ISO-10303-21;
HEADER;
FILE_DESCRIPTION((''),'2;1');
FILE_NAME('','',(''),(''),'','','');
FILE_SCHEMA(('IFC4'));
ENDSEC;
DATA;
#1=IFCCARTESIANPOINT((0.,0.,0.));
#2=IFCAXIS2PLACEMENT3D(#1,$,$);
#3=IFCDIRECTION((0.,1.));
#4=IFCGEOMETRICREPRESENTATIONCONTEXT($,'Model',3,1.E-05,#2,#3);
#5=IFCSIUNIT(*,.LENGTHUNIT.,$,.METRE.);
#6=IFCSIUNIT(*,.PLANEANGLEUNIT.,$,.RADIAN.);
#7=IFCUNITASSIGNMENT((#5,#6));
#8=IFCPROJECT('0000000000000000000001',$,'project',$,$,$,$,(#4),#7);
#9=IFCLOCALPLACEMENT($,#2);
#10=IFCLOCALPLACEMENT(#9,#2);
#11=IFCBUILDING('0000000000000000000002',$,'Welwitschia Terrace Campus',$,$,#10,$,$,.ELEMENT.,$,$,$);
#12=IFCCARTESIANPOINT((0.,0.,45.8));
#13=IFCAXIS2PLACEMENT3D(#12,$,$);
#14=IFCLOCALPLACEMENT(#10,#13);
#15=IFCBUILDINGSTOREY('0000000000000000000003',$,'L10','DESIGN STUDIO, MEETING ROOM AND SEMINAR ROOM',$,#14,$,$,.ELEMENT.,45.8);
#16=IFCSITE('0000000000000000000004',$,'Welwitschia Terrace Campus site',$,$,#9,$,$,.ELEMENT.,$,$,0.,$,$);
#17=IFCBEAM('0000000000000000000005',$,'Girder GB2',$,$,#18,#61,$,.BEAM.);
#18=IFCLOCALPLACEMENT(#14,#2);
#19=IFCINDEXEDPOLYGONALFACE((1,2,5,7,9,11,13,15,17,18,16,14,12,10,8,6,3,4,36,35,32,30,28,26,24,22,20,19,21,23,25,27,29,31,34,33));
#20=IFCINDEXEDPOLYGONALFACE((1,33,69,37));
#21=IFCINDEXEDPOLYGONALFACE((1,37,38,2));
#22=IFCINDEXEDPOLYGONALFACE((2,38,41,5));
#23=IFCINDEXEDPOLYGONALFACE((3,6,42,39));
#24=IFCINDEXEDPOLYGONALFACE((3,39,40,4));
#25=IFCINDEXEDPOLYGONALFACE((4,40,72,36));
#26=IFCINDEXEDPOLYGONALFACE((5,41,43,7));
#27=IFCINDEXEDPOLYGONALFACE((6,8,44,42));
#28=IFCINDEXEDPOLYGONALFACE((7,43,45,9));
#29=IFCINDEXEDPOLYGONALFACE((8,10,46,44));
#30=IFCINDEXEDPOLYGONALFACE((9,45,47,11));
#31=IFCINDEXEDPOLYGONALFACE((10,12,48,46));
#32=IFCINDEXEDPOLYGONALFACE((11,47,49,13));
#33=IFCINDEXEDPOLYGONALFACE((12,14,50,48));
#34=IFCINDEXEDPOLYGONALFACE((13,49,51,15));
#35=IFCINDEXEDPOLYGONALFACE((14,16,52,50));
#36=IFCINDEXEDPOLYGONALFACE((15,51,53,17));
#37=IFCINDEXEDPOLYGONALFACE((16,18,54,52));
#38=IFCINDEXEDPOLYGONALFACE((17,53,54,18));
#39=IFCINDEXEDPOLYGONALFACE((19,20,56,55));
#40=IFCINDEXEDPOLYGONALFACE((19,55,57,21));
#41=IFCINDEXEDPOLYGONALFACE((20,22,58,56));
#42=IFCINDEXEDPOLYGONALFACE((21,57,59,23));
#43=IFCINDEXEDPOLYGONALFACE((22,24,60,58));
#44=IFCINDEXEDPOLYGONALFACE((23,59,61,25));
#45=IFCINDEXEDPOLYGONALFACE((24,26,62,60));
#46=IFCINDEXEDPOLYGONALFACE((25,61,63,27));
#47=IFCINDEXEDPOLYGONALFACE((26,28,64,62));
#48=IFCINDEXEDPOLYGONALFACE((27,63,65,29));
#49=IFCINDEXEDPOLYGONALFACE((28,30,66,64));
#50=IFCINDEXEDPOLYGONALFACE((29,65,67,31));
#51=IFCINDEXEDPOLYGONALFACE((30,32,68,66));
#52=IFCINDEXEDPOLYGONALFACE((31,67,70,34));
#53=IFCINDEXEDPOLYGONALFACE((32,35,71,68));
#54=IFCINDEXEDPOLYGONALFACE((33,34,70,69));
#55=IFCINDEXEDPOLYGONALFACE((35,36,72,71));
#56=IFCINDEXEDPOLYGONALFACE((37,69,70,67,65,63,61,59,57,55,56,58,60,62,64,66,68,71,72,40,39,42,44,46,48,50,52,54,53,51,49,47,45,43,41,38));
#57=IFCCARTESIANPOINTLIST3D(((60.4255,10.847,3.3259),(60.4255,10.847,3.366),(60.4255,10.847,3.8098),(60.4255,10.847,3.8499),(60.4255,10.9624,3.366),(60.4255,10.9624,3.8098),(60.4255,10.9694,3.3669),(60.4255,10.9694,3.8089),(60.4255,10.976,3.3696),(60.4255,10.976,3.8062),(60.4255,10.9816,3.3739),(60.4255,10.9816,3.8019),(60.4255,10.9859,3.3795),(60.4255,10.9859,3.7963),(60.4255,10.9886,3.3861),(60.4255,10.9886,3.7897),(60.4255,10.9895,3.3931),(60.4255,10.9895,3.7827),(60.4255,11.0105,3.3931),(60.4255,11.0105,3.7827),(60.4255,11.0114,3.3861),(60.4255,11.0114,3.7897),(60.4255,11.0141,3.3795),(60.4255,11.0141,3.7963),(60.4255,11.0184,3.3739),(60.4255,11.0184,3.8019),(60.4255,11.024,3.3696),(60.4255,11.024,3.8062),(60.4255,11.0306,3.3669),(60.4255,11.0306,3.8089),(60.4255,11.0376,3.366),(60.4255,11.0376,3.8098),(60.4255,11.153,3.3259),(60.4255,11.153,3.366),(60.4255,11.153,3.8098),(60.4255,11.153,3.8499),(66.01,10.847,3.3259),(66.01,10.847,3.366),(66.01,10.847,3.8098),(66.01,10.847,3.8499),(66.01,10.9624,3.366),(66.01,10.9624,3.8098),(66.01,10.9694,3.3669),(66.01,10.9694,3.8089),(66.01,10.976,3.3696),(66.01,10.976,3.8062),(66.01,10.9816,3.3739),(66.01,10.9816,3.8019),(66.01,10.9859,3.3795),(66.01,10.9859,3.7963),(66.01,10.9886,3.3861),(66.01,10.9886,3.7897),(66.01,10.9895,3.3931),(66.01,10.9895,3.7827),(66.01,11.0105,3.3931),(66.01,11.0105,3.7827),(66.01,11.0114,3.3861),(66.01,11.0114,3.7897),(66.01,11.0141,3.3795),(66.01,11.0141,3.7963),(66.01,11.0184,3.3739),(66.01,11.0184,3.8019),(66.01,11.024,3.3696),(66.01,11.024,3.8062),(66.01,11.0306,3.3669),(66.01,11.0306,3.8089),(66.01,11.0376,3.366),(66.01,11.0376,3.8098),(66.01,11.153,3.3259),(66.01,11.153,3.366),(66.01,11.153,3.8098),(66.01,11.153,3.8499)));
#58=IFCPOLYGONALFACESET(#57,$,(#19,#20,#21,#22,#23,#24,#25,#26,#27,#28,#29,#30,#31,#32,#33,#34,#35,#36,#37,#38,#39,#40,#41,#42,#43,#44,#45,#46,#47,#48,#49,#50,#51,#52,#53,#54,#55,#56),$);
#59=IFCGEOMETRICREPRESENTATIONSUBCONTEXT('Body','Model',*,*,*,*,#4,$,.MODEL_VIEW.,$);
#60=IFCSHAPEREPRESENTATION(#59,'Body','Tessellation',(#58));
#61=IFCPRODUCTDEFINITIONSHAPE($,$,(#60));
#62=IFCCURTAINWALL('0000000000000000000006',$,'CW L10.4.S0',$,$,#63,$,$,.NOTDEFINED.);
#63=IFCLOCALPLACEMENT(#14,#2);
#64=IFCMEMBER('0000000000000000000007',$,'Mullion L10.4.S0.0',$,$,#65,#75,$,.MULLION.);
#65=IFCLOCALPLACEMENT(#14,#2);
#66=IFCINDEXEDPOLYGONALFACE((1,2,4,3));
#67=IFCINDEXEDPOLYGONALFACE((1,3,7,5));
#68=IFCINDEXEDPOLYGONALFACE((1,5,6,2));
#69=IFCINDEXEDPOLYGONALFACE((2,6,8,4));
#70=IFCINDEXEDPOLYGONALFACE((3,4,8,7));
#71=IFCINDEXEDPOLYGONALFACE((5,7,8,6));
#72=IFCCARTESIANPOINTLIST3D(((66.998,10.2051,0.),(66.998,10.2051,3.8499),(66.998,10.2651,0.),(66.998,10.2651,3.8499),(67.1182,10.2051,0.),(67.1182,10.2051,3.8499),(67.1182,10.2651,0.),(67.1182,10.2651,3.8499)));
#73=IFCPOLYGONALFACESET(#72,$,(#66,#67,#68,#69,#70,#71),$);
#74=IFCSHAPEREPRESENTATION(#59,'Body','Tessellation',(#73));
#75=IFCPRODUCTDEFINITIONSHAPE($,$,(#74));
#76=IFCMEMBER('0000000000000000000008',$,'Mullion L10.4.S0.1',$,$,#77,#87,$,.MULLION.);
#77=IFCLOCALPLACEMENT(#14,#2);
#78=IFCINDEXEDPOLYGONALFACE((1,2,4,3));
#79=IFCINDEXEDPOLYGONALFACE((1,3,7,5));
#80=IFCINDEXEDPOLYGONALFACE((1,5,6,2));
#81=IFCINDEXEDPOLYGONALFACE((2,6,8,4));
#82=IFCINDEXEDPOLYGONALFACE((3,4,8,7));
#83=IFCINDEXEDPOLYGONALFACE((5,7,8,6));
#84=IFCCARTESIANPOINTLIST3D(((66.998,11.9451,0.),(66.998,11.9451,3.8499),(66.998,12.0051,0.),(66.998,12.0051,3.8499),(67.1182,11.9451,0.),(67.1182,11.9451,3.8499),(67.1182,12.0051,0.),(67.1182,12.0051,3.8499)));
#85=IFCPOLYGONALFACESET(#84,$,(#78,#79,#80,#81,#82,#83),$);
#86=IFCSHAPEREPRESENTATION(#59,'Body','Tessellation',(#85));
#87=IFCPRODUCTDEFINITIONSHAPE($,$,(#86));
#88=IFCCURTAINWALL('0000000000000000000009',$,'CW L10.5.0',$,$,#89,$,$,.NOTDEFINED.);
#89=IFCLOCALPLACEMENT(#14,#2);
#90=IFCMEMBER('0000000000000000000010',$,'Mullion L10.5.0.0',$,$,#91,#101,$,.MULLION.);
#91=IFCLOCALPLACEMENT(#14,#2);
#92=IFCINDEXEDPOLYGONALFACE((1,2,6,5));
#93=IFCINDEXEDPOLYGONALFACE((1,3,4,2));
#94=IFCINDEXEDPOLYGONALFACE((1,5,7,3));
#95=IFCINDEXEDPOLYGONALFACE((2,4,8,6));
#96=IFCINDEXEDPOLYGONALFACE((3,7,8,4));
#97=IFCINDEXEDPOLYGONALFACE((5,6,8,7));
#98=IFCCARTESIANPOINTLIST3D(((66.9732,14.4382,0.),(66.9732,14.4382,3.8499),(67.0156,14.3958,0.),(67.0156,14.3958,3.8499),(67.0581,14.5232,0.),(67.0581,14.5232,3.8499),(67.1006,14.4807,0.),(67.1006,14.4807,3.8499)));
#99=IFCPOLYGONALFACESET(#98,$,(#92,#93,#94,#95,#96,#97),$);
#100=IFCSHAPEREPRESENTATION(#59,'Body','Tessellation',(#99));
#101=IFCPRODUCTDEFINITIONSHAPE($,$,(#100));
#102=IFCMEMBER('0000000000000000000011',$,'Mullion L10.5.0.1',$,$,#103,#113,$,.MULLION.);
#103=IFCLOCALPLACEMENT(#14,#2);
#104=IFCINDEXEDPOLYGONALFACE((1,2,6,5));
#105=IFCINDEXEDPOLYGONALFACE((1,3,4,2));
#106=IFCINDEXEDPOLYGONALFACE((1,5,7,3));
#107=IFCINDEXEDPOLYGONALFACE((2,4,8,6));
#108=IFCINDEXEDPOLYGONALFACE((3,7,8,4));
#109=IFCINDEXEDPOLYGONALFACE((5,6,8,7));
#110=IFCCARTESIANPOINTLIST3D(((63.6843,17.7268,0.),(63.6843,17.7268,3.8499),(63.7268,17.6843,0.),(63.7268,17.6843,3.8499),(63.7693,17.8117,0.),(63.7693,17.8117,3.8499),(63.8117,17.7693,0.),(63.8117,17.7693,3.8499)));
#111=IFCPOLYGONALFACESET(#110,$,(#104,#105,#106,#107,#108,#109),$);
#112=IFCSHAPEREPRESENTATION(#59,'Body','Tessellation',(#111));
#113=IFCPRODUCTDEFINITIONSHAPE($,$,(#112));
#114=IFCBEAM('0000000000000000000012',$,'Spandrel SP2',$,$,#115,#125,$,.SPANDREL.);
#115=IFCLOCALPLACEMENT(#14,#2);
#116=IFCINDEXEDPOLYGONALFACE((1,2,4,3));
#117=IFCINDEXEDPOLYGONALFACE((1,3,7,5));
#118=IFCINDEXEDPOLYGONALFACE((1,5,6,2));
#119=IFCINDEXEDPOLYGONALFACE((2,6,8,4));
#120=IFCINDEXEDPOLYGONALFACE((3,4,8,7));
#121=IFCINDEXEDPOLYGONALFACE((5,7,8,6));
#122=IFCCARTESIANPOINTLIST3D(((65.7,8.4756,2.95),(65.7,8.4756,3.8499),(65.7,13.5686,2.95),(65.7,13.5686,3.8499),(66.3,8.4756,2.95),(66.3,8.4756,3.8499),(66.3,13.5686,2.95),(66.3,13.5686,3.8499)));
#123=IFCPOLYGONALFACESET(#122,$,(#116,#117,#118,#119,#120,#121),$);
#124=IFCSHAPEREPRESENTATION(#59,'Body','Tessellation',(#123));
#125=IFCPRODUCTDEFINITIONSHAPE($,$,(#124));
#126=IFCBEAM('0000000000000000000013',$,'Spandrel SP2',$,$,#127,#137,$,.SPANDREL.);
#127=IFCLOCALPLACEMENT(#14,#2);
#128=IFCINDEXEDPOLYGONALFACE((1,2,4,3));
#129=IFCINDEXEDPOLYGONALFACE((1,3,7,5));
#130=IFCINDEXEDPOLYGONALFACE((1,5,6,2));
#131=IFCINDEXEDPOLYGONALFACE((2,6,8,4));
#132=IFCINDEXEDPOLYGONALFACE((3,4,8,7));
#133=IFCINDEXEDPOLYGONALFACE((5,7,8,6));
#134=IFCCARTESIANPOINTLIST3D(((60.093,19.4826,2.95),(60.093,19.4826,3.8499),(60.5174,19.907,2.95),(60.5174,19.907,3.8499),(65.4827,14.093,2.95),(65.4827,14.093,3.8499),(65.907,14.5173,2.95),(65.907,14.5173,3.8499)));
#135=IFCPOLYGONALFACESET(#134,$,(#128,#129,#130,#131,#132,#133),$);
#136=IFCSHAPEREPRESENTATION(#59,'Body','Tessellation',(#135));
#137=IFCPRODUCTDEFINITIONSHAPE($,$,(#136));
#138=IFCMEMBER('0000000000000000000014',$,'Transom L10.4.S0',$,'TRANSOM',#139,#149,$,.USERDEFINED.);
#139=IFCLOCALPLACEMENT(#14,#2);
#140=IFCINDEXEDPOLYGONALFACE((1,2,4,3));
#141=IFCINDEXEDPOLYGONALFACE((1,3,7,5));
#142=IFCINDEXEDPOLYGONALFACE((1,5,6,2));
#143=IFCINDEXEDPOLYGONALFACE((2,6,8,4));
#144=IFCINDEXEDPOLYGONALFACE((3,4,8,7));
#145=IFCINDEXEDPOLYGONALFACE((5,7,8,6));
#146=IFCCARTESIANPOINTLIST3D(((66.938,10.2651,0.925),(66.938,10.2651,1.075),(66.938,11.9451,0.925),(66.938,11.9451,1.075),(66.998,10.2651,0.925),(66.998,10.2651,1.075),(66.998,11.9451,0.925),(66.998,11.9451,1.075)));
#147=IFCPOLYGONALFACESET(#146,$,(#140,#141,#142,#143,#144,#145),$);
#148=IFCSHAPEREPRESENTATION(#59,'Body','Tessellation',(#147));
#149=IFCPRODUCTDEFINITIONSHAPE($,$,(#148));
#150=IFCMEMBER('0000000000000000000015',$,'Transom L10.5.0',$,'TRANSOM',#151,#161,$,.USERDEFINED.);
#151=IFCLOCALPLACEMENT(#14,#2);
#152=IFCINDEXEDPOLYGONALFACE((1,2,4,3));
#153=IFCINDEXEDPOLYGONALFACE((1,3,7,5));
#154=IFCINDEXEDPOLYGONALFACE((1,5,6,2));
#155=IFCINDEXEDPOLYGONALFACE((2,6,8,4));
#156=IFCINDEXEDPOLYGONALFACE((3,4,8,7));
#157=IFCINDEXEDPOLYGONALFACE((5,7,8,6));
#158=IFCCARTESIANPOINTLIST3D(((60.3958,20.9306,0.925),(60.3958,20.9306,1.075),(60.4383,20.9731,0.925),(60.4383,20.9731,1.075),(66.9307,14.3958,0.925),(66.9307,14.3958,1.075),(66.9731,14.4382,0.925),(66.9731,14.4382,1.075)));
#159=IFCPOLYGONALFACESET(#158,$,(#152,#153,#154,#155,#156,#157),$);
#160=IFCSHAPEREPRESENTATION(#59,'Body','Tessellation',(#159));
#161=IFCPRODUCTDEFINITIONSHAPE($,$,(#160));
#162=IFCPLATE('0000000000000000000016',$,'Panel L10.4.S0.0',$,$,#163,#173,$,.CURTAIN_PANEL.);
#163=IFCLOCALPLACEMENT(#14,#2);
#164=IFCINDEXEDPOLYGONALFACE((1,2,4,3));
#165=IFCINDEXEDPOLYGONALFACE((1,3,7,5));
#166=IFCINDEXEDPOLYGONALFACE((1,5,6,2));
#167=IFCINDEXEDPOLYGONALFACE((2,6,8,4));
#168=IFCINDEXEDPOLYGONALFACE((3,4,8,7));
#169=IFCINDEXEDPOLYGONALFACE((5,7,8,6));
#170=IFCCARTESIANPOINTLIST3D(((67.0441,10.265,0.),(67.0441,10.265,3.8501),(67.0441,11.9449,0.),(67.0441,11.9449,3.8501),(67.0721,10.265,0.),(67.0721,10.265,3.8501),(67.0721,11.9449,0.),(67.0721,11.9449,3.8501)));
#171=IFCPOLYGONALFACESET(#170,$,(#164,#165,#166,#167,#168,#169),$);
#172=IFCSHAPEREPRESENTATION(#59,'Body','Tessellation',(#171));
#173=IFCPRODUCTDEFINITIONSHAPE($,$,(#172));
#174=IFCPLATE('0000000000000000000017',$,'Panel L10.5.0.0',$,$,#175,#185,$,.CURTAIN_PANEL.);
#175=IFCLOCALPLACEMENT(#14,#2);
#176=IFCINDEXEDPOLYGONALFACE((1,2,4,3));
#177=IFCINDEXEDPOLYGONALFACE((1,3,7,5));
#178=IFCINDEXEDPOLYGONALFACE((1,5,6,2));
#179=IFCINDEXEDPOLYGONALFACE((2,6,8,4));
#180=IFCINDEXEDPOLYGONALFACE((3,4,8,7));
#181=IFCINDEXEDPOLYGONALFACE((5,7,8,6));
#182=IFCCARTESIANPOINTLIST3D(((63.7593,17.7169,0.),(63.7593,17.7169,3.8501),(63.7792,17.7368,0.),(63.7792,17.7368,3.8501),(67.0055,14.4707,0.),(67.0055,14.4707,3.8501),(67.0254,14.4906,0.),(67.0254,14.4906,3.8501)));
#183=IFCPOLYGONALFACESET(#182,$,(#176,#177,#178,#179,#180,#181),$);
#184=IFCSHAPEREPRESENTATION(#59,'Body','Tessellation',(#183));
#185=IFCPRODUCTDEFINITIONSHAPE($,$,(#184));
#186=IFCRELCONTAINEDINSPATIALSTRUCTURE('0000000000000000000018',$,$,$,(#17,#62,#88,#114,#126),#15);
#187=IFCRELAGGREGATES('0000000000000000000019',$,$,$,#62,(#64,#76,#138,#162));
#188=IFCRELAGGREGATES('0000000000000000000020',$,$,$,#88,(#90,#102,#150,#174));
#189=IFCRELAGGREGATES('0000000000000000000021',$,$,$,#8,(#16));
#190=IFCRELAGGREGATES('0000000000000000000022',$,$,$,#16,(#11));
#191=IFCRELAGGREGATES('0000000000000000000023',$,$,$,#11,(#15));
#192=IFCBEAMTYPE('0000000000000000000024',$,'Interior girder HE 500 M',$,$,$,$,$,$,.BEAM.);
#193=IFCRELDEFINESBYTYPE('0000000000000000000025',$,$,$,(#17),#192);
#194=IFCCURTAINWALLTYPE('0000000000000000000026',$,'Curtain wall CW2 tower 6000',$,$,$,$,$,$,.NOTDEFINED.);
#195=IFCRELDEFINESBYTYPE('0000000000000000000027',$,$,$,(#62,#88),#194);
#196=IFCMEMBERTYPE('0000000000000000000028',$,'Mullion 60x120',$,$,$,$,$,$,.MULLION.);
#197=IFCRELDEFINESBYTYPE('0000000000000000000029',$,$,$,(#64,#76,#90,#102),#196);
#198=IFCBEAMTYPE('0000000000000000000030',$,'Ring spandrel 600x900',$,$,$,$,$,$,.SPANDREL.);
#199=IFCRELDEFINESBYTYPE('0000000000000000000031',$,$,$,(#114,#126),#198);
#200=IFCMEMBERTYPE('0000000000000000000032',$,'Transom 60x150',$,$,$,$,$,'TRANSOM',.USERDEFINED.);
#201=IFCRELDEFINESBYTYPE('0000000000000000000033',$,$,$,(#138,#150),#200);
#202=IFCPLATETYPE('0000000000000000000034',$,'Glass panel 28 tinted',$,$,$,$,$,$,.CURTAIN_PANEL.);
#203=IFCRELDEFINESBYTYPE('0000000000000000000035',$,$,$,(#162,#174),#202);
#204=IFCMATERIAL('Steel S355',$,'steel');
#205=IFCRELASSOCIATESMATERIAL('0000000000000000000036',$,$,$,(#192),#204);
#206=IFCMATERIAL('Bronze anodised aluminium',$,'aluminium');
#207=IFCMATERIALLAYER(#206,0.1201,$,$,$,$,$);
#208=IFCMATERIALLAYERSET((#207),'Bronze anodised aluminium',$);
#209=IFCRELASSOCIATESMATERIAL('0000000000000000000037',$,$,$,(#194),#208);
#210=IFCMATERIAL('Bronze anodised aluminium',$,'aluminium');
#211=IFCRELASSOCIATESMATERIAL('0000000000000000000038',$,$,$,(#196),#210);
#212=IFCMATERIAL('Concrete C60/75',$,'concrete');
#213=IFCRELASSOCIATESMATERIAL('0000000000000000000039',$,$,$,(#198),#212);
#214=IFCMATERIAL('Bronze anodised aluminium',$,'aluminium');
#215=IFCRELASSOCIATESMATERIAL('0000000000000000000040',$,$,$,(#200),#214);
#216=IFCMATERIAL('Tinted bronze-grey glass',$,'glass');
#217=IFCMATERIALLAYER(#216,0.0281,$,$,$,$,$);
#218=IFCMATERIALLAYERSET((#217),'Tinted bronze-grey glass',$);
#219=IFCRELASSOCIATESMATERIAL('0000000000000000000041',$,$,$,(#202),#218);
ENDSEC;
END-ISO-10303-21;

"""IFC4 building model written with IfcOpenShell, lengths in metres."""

from ifc_helpers import new_model, si_unit, direction, frame, origin, origin_2d, place, context, subcontext, project, spatial, rectangle, i_section, extrude, material, layer, layer_set, material_profile, profile_set, type_object, element, aggregate, save


model = new_model("IFC4")

# Units and contexts
model_context = context("Model", 3, precision=1e-05, world=origin(), true_north=direction((0.0, 1.0)))
body_context = subcontext(model_context, "Body", "Model", "MODEL_VIEW")
ifc_project = project(units=[si_unit("LENGTHUNIT", "METRE"), si_unit("PLANEANGLEUNIT", "RADIAN")], contexts=[model_context])

# Site, building, storey
site_placement = place(None, origin())
site = spatial("IfcSite", under=ifc_project, at=site_placement, Name="Welwitschia Terrace Campus site", CompositionType="ELEMENT", RefElevation=0.0)
building_placement = place(site_placement, origin())
building = spatial("IfcBuilding", under=site, at=building_placement, Name="Welwitschia Terrace Campus", CompositionType="ELEMENT")
storey_placement = place(building_placement, frame((0.0, 0.0, 45.8)))
storey = spatial("IfcBuildingStorey", under=building, at=storey_placement, Name="L10", Description="DESIGN STUDIO, MEETING ROOM AND SEMINAR ROOM", CompositionType="ELEMENT", Elevation=45.8)

# Beam
ifc_material_1 = material(Name="Steel S355", Category="steel")
ifc_material_profile_1 = material_profile(ifc_material_1, i_section(OverallWidth=0.3059, OverallDepth=0.5239, WebThickness=0.021, FlangeThickness=0.04, FilletRadius=0.0271, at=origin_2d()))
ifc_profile_set_1 = profile_set([ifc_material_profile_1], Name="Steel S355")
beam_type_1 = type_object("IfcBeamType", Name="Interior girder HE 500 M", PredefinedType="BEAM", material=ifc_profile_set_1)
beam_1_placement = place(storey_placement, frame((60.4255, 11.0, 3.5879), z_axis=(1.0, 0.0, 0.0), x_axis=(0.0, 1.0, 0.0)))
element("IfcBeam", 1, at=beam_1_placement, inside=storey, type_object=beam_type_1, Name="Girder GB2", PredefinedType="BEAM", context=body_context, shape_type="SweptSolid", body=[
    extrude(i_section(OverallWidth=0.3059, OverallDepth=0.5239, WebThickness=0.021, FlangeThickness=0.04, FilletRadius=0.0271, at=origin_2d()), origin(), (0.0, 0.0, 1.0), 5.5845),
])

# Curtain walls, members
ifc_material_2 = material(Name="Bronze anodised aluminium", Category="aluminium")
ifc_layer_1 = layer(ifc_material_2, 0.1201)
ifc_layer_set_1 = layer_set([ifc_layer_1], Name="Bronze anodised aluminium")
curtain_wall_type = type_object("IfcCurtainWallType", Name="Curtain wall CW2 tower 6000", PredefinedType="NOTDEFINED", material=ifc_layer_set_1)
curtain_wall_1_placement = place(storey_placement, origin())
curtain_wall_1 = element("IfcCurtainWall", 2, at=curtain_wall_1_placement, inside=storey, type_object=curtain_wall_type, Name="CW L10.4.S0", PredefinedType="NOTDEFINED")
ifc_material_3 = material(Name="Bronze anodised aluminium", Category="aluminium")
ifc_material_profile_2 = material_profile(ifc_material_3, rectangle(XDim=0.1201, YDim=0.0601, at=origin_2d()))
ifc_profile_set_2 = profile_set([ifc_material_profile_2], Name="Bronze anodised aluminium")
member_type_1 = type_object("IfcMemberType", Name="Mullion 60x120", PredefinedType="MULLION", material=ifc_profile_set_2)
member_1_placement = place(storey_placement, frame((67.0581, 10.2351, 0.0), z_axis=(0.0, 0.0, 1.0), x_axis=(-1.0, 0.0, 0.0)))
member_1 = element("IfcMember", 3, at=member_1_placement, type_object=member_type_1, Name="Mullion L10.4.S0.0", PredefinedType="MULLION", context=body_context, shape_type="SweptSolid", body=[
    extrude(rectangle(XDim=0.1201, YDim=0.0601, at=origin_2d()), origin(), (0.0, 0.0, 1.0), 3.8499),
])
member_2_placement = place(storey_placement, frame((67.0581, 11.9751, 0.0), z_axis=(0.0, 0.0, 1.0), x_axis=(-1.0, 0.0, 0.0)))
member_2 = element("IfcMember", 4, at=member_2_placement, type_object=member_type_1, Name="Mullion L10.4.S0.1", PredefinedType="MULLION", context=body_context, shape_type="SweptSolid", body=[
    extrude(rectangle(XDim=0.1201, YDim=0.0601, at=origin_2d()), origin(), (0.0, 0.0, 1.0), 3.8499),
])
curtain_wall_2_placement = place(storey_placement, origin())
curtain_wall_2 = element("IfcCurtainWall", 5, at=curtain_wall_2_placement, inside=storey, type_object=curtain_wall_type, Name="CW L10.5.0", PredefinedType="NOTDEFINED")
member_3_placement = place(storey_placement, frame((67.0369, 14.4595, 0.0), z_axis=(0.0, 0.0, 1.0), x_axis=(-0.707107, -0.707107, 0.0)))
member_3 = element("IfcMember", 6, at=member_3_placement, type_object=member_type_1, Name="Mullion L10.5.0.0", PredefinedType="MULLION", context=body_context, shape_type="SweptSolid", body=[
    extrude(rectangle(XDim=0.1201, YDim=0.0601, at=origin_2d()), origin(), (0.0, 0.0, 1.0), 3.8499),
])
member_4_placement = place(storey_placement, frame((63.748, 17.748, 0.0), z_axis=(0.0, 0.0, 1.0), x_axis=(-0.707107, -0.707107, 0.0)))
member_4 = element("IfcMember", 7, at=member_4_placement, type_object=member_type_1, Name="Mullion L10.5.0.1", PredefinedType="MULLION", context=body_context, shape_type="SweptSolid", body=[
    extrude(rectangle(XDim=0.1201, YDim=0.0601, at=origin_2d()), origin(), (0.0, 0.0, 1.0), 3.8499),
])

# Beams
ifc_material_4 = material(Name="Concrete C60/75", Category="concrete")
ifc_material_profile_3 = material_profile(ifc_material_4, rectangle(XDim=0.6001, YDim=0.8999, at=origin_2d()))
ifc_profile_set_3 = profile_set([ifc_material_profile_3], Name="Concrete C60/75")
beam_type_2 = type_object("IfcBeamType", Name="Ring spandrel 600x900", PredefinedType="SPANDREL", material=ifc_profile_set_3)
beam_2_placement = place(storey_placement, frame((66.0, 8.4756, 3.3999), z_axis=(0.0, 1.0, 0.0), x_axis=(-1.0, 0.0, 0.0)))
element("IfcBeam", 8, at=beam_2_placement, inside=storey, type_object=beam_type_2, Name="Spandrel SP2", PredefinedType="SPANDREL", context=body_context, shape_type="SweptSolid", body=[
    extrude(rectangle(XDim=0.6001, YDim=0.8999, at=origin_2d()), origin(), (0.0, 0.0, 1.0), 5.093),
])
beam_3_placement = place(storey_placement, frame((65.6948, 14.3052, 3.3999), z_axis=(-0.707107, 0.707107, 0.0), x_axis=(-0.707107, -0.707107, 0.0)))
element("IfcBeam", 9, at=beam_3_placement, inside=storey, type_object=beam_type_2, Name="Spandrel SP2", PredefinedType="SPANDREL", context=body_context, shape_type="SweptSolid", body=[
    extrude(rectangle(XDim=0.6001, YDim=0.8999, at=origin_2d()), origin(), (0.0, 0.0, 1.0), 7.6221),
])

# Members
ifc_material_5 = material(Name="Bronze anodised aluminium", Category="aluminium")
ifc_material_profile_4 = material_profile(ifc_material_5, rectangle(XDim=0.0601, YDim=0.1499, at=origin_2d()))
ifc_profile_set_4 = profile_set([ifc_material_profile_4], Name="Bronze anodised aluminium")
member_type_2 = type_object("IfcMemberType", Name="Transom 60x150", ElementType="TRANSOM", PredefinedType="USERDEFINED", material=ifc_profile_set_4)
member_5_placement = place(storey_placement, frame((66.968, 10.2651, 1.0), z_axis=(0.0, 1.0, 0.0), x_axis=(-1.0, 0.0, 0.0)))
member_5 = element("IfcMember", 10, at=member_5_placement, type_object=member_type_2, Name="Transom L10.4.S0", ObjectType="TRANSOM", PredefinedType="USERDEFINED", context=body_context, shape_type="SweptSolid", body=[
    extrude(rectangle(XDim=0.0601, YDim=0.1499, at=origin_2d()), origin(), (0.0, 0.0, 1.0), 1.6799),
])
member_6_placement = place(storey_placement, frame((66.9519, 14.417, 1.0), z_axis=(-0.707107, 0.707107, 0.0), x_axis=(-0.707107, -0.707107, 0.0)))
member_6 = element("IfcMember", 11, at=member_6_placement, type_object=member_type_2, Name="Transom L10.5.0", ObjectType="TRANSOM", PredefinedType="USERDEFINED", context=body_context, shape_type="SweptSolid", body=[
    extrude(rectangle(XDim=0.0601, YDim=0.1499, at=origin_2d()), origin(), (0.0, 0.0, 1.0), 9.2417),
])

# Plates
ifc_material_6 = material(Name="Tinted bronze-grey glass", Category="glass")
ifc_layer_2 = layer(ifc_material_6, 0.0281)
ifc_layer_set_2 = layer_set([ifc_layer_2], Name="Tinted bronze-grey glass")
plate_type = type_object("IfcPlateType", Name="Glass panel 28 tinted", PredefinedType="CURTAIN_PANEL", material=ifc_layer_set_2)
plate_1_placement = place(storey_placement, frame((67.0581, 11.105, 0.0), z_axis=(0.0, 0.0, 1.0), x_axis=(0.0, 1.0, 0.0)))
plate_1 = element("IfcPlate", 12, at=plate_1_placement, type_object=plate_type, Name="Panel L10.4.S0.0", PredefinedType="CURTAIN_PANEL", context=body_context, shape_type="SweptSolid", body=[
    extrude(rectangle(XDim=1.6799, YDim=0.0281, at=origin_2d()), origin(), (0.0, 0.0, 1.0), 3.8501),
])
aggregate(curtain_wall_1, [member_1, member_2, member_5, plate_1])
plate_2_placement = place(storey_placement, frame((65.3923, 16.1038, 0.0), z_axis=(0.0, 0.0, 1.0), x_axis=(-0.707107, 0.707107, 0.0)))
plate_2 = element("IfcPlate", 13, at=plate_2_placement, type_object=plate_type, Name="Panel L10.5.0.0", PredefinedType="CURTAIN_PANEL", context=body_context, shape_type="SweptSolid", body=[
    extrude(rectangle(XDim=4.5908, YDim=0.0281, at=origin_2d()), origin(), (0.0, 0.0, 1.0), 3.8501),
])
aggregate(curtain_wall_2, [member_3, member_4, member_6, plate_2])

save(model, "model.ifc")
